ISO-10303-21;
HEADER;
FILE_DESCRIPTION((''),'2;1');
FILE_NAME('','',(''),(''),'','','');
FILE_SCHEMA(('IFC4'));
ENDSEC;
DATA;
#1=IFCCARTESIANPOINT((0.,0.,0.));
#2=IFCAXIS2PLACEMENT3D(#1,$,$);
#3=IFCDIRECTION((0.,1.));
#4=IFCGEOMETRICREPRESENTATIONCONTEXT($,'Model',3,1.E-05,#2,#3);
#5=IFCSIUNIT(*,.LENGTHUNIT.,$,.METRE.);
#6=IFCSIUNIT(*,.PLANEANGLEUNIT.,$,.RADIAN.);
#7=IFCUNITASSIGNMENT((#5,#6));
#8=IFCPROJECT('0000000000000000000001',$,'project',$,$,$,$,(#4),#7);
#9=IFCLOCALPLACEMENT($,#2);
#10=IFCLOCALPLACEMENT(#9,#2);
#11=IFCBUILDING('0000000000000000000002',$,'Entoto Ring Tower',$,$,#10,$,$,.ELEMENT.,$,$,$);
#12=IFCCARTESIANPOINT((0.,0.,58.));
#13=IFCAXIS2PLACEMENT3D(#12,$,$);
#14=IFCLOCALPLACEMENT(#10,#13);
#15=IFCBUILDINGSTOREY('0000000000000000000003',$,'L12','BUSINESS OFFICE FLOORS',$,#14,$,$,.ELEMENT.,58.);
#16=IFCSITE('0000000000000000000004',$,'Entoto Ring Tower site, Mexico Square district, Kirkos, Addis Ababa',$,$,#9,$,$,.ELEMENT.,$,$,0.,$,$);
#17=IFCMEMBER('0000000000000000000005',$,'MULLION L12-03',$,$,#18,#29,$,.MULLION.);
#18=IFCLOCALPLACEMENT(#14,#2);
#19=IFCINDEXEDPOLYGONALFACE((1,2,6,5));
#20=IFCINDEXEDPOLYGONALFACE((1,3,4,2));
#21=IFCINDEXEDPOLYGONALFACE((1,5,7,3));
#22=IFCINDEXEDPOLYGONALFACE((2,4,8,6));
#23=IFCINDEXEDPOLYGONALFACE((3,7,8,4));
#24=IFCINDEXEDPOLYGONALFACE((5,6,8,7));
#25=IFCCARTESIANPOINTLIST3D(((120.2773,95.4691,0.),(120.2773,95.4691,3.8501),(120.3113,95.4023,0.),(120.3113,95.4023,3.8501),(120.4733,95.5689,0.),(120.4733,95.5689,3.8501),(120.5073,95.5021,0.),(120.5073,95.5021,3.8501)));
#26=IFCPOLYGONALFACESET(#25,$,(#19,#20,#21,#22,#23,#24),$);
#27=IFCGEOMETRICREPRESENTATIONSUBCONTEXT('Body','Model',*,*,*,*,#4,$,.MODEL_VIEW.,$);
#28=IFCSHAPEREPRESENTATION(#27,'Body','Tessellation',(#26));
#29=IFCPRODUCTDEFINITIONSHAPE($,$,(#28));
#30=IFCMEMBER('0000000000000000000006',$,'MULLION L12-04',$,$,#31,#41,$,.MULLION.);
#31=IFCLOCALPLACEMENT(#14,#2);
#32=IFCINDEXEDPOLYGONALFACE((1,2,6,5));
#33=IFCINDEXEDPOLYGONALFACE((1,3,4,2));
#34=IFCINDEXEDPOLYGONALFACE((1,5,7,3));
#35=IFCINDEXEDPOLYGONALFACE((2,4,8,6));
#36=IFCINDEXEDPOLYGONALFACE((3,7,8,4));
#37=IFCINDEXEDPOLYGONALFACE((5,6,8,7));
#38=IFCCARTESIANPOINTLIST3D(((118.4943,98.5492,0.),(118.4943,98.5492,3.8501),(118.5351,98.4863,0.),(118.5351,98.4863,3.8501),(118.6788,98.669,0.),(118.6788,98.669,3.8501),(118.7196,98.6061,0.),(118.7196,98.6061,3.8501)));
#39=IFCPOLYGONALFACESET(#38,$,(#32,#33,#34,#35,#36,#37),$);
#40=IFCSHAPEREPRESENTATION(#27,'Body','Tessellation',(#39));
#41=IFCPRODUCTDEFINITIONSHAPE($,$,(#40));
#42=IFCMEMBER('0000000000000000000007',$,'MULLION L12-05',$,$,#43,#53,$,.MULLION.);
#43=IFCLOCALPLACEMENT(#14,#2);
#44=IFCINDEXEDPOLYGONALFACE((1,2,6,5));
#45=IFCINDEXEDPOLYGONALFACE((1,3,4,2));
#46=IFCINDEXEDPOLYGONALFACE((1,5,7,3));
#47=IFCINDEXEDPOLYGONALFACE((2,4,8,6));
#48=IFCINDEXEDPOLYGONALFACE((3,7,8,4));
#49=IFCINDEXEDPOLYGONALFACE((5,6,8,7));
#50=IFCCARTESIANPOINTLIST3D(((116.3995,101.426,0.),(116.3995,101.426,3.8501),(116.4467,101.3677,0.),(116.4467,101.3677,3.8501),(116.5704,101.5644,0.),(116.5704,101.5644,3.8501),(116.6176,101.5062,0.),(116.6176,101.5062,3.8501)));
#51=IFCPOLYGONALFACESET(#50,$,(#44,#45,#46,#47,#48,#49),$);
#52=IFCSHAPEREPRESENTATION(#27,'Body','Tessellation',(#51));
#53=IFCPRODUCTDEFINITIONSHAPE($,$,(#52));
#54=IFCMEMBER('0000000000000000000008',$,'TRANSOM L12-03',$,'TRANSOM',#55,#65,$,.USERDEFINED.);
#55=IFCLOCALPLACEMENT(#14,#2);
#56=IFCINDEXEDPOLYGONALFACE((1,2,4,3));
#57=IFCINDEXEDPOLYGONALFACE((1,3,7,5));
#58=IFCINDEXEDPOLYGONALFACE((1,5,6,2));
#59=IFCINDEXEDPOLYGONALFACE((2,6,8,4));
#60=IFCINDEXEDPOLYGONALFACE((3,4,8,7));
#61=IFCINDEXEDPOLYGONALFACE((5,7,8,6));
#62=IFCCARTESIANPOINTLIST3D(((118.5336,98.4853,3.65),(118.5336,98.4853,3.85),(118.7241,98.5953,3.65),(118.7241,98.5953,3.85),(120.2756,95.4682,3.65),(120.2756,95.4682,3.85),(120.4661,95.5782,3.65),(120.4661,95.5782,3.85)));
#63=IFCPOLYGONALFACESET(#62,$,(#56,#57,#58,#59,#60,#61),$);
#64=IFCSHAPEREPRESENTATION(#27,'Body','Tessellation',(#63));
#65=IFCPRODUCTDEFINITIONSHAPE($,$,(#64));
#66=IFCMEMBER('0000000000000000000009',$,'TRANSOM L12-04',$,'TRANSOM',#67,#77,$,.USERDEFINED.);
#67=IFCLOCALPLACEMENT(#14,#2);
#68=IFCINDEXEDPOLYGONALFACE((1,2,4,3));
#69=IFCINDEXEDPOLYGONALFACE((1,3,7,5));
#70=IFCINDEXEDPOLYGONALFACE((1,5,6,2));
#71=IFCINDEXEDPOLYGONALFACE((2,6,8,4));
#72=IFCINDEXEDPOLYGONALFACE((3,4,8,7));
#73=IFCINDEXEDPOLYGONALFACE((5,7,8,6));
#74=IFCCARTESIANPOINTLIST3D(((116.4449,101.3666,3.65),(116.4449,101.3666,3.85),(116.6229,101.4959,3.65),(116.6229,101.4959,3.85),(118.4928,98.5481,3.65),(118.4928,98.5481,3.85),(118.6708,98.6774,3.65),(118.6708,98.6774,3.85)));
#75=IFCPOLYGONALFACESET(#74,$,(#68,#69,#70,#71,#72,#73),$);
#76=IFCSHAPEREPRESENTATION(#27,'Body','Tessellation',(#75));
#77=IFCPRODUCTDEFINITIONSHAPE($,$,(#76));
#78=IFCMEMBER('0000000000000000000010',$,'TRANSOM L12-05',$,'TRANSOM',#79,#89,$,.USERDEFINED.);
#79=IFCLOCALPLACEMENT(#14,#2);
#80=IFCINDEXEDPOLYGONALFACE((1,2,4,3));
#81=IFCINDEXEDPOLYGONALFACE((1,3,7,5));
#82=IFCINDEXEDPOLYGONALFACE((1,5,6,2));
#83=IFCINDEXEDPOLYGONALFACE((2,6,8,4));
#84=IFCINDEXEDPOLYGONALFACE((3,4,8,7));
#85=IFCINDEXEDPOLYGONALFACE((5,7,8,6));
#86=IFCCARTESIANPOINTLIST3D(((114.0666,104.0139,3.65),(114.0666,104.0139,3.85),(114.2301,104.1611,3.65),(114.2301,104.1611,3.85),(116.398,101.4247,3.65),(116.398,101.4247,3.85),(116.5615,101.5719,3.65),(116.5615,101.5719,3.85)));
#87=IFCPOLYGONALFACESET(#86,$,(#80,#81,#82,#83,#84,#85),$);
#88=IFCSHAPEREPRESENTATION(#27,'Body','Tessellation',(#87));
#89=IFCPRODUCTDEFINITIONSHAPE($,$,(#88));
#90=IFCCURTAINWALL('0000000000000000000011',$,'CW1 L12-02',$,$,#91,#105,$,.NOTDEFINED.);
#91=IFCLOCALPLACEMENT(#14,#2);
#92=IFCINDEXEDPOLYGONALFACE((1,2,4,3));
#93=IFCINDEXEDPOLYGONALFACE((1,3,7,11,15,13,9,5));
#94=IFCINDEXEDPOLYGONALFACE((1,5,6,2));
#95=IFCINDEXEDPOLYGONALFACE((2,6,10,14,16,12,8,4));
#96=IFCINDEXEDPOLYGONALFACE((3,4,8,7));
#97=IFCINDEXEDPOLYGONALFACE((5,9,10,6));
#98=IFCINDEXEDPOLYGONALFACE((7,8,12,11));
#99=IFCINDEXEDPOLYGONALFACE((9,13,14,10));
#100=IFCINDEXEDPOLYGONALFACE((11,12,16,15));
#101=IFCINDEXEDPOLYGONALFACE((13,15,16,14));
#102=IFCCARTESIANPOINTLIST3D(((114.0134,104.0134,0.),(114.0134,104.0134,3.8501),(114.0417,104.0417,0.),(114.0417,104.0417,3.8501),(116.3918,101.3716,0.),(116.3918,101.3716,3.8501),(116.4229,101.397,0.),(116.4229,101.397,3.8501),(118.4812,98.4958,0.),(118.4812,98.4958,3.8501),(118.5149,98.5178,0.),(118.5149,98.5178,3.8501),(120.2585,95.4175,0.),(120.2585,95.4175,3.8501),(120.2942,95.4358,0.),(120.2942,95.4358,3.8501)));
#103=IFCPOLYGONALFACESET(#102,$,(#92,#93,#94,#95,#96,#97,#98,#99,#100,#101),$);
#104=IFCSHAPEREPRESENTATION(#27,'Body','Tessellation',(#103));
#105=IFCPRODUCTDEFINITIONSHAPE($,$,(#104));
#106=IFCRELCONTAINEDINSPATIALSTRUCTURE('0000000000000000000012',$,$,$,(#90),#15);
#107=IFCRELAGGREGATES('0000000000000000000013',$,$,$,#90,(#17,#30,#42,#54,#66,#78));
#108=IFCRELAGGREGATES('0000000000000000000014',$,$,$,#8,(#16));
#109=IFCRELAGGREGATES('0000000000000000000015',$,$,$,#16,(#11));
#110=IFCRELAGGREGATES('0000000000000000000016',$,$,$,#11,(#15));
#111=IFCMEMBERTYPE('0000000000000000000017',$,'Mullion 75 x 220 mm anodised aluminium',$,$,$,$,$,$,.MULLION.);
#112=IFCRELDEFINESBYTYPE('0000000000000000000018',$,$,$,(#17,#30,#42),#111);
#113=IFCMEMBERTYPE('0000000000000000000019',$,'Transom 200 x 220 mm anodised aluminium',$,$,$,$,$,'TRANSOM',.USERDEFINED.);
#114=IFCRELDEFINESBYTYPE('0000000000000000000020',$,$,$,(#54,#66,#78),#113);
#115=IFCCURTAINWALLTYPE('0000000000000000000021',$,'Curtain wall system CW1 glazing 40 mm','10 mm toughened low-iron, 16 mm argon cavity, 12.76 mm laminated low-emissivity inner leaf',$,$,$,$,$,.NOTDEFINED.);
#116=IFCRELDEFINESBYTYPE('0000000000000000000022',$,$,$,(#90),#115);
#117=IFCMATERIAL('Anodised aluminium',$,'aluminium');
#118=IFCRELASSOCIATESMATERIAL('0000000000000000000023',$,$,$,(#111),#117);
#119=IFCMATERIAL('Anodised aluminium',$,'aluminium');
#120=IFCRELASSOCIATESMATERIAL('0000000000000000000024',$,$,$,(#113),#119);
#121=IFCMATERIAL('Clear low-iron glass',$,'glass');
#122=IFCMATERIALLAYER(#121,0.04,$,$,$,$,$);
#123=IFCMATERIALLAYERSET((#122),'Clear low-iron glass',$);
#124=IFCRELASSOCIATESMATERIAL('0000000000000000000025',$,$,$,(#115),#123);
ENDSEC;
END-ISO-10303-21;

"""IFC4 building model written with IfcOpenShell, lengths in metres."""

from ifc_helpers import new_model, si_unit, direction, frame, origin, origin_2d, place, context, subcontext, project, spatial, polyline, rectangle, outline, extrude, material, layer, layer_set, material_profile, profile_set, type_object, element, aggregate, save


model = new_model("IFC4")

# Units and contexts
model_context = context("Model", 3, precision=1e-05, world=origin(), true_north=direction((0.0, 1.0)))
body_context = subcontext(model_context, "Body", "Model", "MODEL_VIEW")
ifc_project = project(units=[si_unit("LENGTHUNIT", "METRE"), si_unit("PLANEANGLEUNIT", "RADIAN")], contexts=[model_context])

# Members
ifc_material_1 = material(Name="Anodised aluminium", Category="aluminium")
ifc_material_profile_1 = material_profile(ifc_material_1, rectangle(XDim=0.075, YDim=0.22, at=origin_2d()), Name="Mullion 75 x 220 mm anodised aluminium")
ifc_profile_set_1 = profile_set([ifc_material_profile_1], Name="Anodised aluminium")
member_type_1 = type_object("IfcMemberType", Name="Mullion 75 x 220 mm anodised aluminium", PredefinedType="MULLION", material=ifc_profile_set_1)
site_placement = place(None, origin())
building_placement = place(site_placement, origin())
storey_placement = place(building_placement, frame((0.0, 0.0, 58.0)))
member_1_placement = place(storey_placement, frame((120.3923, 95.4856, 0.0), z_axis=(0.0, 0.0, 1.0), x_axis=(-0.45399, 0.891007, 0.0)))
member_1 = element("IfcMember", 1, at=member_1_placement, type_object=member_type_1, Name="MULLION L12-03", PredefinedType="MULLION", context=body_context, shape_type="SweptSolid", body=[
    extrude(rectangle(XDim=0.075, YDim=0.22, at=origin_2d()), origin(), (0.0, 0.0, 1.0), 3.8501),
])
member_2_placement = place(storey_placement, frame((118.6069, 98.5776, 0.0), z_axis=(0.0, 0.0, 1.0), x_axis=(-0.544639, 0.838671, 0.0)))
member_2 = element("IfcMember", 2, at=member_2_placement, type_object=member_type_1, Name="MULLION L12-04", PredefinedType="MULLION", context=body_context, shape_type="SweptSolid", body=[
    extrude(rectangle(XDim=0.075, YDim=0.22, at=origin_2d()), origin(), (0.0, 0.0, 1.0), 3.8501),
])
member_3_placement = place(storey_placement, frame((116.5085, 101.4661, 0.0), z_axis=(0.0, 0.0, 1.0), x_axis=(-0.62932, 0.777146, 0.0)))
member_3 = element("IfcMember", 3, at=member_3_placement, type_object=member_type_1, Name="MULLION L12-05", PredefinedType="MULLION", context=body_context, shape_type="SweptSolid", body=[
    extrude(rectangle(XDim=0.075, YDim=0.22, at=origin_2d()), origin(), (0.0, 0.0, 1.0), 3.8501),
])
ifc_material_2 = material(Name="Anodised aluminium", Category="aluminium")
ifc_material_profile_2 = material_profile(ifc_material_2, rectangle(XDim=0.22, YDim=0.2, at=origin_2d()), Name="Transom 200 x 220 mm anodised aluminium")
ifc_profile_set_2 = profile_set([ifc_material_profile_2], Name="Anodised aluminium")
member_type_2 = type_object("IfcMemberType", Name="Transom 200 x 220 mm anodised aluminium", ElementType="TRANSOM", PredefinedType="USERDEFINED", material=ifc_profile_set_2)
member_4_placement = place(storey_placement, frame((120.3708, 95.5232, 3.75), z_axis=(-0.500006, 0.866022, 0.0), x_axis=(-0.866022, -0.500006, 0.0)))
member_4 = element("IfcMember", 4, at=member_4_placement, type_object=member_type_2, Name="TRANSOM L12-03", ObjectType="TRANSOM", PredefinedType="USERDEFINED", context=body_context, shape_type="SweptSolid", body=[
    extrude(rectangle(XDim=0.22, YDim=0.2, at=origin_2d()), origin(), (0.0, 0.0, 1.0), 3.4839),
])
member_5_placement = place(storey_placement, frame((118.5818, 98.6128, 3.75), z_axis=(-0.587822, 0.808991, 0.0), x_axis=(-0.808991, -0.587822, 0.0)))
member_5 = element("IfcMember", 5, at=member_5_placement, type_object=member_type_2, Name="TRANSOM L12-04", ObjectType="TRANSOM", PredefinedType="USERDEFINED", context=body_context, shape_type="SweptSolid", body=[
    extrude(rectangle(XDim=0.22, YDim=0.2, at=origin_2d()), origin(), (0.0, 0.0, 1.0), 3.4839),
])
member_6_placement = place(storey_placement, frame((116.4797, 101.4983, 3.75), z_axis=(-0.669139, 0.743137, 0.0), x_axis=(-0.743137, -0.669139, 0.0)))
member_6 = element("IfcMember", 6, at=member_6_placement, type_object=member_type_2, Name="TRANSOM L12-05", ObjectType="TRANSOM", PredefinedType="USERDEFINED", context=body_context, shape_type="SweptSolid", body=[
    extrude(rectangle(XDim=0.22, YDim=0.2, at=origin_2d()), origin(), (0.0, 0.0, 1.0), 3.4841),
])

# Site, building, storey
site = spatial("IfcSite", under=ifc_project, at=site_placement, Name="Entoto Ring Tower site, Mexico Square district, Kirkos, Addis Ababa", CompositionType="ELEMENT", RefElevation=0.0)
building = spatial("IfcBuilding", under=site, at=building_placement, Name="Entoto Ring Tower", CompositionType="ELEMENT")
storey = spatial("IfcBuildingStorey", under=building, at=storey_placement, Name="L12", Description="BUSINESS OFFICE FLOORS", CompositionType="ELEMENT", Elevation=58.0)

# Curtain wall
ifc_material_3 = material(Name="Clear low-iron glass", Category="glass")
ifc_layer_1 = layer(ifc_material_3, 0.04)
ifc_layer_set_1 = layer_set([ifc_layer_1], Name="Clear low-iron glass")
curtain_wall_type = type_object("IfcCurtainWallType", Name="Curtain wall system CW1 glazing 40 mm", Description="10 mm toughened low-iron, 16 mm argon cavity, 12.76 mm laminated low-emissivity inner leaf", PredefinedType="NOTDEFINED", material=ifc_layer_set_1)
curtain_wall_1_placement = place(storey_placement, origin())
curtain_wall_1 = element("IfcCurtainWall", 7, at=curtain_wall_1_placement, inside=storey, type_object=curtain_wall_type, Name="CW1 L12-02", PredefinedType="NOTDEFINED", context=body_context, shape_type="SweptSolid", body=[
    extrude(outline(polyline([(120.2942, 95.4358), (118.5149, 98.5178), (116.4229, 101.397), (114.0417, 104.0417), (114.0134, 104.0134), (116.3918, 101.3716), (118.4812, 98.4958), (120.2585, 95.4175), (120.2942, 95.4358)])), origin(), (0.0, 0.0, 1.0), 3.8501),
])
aggregate(curtain_wall_1, [member_1, member_2, member_3, member_4, member_5, member_6])

save(model, "model.ifc")
